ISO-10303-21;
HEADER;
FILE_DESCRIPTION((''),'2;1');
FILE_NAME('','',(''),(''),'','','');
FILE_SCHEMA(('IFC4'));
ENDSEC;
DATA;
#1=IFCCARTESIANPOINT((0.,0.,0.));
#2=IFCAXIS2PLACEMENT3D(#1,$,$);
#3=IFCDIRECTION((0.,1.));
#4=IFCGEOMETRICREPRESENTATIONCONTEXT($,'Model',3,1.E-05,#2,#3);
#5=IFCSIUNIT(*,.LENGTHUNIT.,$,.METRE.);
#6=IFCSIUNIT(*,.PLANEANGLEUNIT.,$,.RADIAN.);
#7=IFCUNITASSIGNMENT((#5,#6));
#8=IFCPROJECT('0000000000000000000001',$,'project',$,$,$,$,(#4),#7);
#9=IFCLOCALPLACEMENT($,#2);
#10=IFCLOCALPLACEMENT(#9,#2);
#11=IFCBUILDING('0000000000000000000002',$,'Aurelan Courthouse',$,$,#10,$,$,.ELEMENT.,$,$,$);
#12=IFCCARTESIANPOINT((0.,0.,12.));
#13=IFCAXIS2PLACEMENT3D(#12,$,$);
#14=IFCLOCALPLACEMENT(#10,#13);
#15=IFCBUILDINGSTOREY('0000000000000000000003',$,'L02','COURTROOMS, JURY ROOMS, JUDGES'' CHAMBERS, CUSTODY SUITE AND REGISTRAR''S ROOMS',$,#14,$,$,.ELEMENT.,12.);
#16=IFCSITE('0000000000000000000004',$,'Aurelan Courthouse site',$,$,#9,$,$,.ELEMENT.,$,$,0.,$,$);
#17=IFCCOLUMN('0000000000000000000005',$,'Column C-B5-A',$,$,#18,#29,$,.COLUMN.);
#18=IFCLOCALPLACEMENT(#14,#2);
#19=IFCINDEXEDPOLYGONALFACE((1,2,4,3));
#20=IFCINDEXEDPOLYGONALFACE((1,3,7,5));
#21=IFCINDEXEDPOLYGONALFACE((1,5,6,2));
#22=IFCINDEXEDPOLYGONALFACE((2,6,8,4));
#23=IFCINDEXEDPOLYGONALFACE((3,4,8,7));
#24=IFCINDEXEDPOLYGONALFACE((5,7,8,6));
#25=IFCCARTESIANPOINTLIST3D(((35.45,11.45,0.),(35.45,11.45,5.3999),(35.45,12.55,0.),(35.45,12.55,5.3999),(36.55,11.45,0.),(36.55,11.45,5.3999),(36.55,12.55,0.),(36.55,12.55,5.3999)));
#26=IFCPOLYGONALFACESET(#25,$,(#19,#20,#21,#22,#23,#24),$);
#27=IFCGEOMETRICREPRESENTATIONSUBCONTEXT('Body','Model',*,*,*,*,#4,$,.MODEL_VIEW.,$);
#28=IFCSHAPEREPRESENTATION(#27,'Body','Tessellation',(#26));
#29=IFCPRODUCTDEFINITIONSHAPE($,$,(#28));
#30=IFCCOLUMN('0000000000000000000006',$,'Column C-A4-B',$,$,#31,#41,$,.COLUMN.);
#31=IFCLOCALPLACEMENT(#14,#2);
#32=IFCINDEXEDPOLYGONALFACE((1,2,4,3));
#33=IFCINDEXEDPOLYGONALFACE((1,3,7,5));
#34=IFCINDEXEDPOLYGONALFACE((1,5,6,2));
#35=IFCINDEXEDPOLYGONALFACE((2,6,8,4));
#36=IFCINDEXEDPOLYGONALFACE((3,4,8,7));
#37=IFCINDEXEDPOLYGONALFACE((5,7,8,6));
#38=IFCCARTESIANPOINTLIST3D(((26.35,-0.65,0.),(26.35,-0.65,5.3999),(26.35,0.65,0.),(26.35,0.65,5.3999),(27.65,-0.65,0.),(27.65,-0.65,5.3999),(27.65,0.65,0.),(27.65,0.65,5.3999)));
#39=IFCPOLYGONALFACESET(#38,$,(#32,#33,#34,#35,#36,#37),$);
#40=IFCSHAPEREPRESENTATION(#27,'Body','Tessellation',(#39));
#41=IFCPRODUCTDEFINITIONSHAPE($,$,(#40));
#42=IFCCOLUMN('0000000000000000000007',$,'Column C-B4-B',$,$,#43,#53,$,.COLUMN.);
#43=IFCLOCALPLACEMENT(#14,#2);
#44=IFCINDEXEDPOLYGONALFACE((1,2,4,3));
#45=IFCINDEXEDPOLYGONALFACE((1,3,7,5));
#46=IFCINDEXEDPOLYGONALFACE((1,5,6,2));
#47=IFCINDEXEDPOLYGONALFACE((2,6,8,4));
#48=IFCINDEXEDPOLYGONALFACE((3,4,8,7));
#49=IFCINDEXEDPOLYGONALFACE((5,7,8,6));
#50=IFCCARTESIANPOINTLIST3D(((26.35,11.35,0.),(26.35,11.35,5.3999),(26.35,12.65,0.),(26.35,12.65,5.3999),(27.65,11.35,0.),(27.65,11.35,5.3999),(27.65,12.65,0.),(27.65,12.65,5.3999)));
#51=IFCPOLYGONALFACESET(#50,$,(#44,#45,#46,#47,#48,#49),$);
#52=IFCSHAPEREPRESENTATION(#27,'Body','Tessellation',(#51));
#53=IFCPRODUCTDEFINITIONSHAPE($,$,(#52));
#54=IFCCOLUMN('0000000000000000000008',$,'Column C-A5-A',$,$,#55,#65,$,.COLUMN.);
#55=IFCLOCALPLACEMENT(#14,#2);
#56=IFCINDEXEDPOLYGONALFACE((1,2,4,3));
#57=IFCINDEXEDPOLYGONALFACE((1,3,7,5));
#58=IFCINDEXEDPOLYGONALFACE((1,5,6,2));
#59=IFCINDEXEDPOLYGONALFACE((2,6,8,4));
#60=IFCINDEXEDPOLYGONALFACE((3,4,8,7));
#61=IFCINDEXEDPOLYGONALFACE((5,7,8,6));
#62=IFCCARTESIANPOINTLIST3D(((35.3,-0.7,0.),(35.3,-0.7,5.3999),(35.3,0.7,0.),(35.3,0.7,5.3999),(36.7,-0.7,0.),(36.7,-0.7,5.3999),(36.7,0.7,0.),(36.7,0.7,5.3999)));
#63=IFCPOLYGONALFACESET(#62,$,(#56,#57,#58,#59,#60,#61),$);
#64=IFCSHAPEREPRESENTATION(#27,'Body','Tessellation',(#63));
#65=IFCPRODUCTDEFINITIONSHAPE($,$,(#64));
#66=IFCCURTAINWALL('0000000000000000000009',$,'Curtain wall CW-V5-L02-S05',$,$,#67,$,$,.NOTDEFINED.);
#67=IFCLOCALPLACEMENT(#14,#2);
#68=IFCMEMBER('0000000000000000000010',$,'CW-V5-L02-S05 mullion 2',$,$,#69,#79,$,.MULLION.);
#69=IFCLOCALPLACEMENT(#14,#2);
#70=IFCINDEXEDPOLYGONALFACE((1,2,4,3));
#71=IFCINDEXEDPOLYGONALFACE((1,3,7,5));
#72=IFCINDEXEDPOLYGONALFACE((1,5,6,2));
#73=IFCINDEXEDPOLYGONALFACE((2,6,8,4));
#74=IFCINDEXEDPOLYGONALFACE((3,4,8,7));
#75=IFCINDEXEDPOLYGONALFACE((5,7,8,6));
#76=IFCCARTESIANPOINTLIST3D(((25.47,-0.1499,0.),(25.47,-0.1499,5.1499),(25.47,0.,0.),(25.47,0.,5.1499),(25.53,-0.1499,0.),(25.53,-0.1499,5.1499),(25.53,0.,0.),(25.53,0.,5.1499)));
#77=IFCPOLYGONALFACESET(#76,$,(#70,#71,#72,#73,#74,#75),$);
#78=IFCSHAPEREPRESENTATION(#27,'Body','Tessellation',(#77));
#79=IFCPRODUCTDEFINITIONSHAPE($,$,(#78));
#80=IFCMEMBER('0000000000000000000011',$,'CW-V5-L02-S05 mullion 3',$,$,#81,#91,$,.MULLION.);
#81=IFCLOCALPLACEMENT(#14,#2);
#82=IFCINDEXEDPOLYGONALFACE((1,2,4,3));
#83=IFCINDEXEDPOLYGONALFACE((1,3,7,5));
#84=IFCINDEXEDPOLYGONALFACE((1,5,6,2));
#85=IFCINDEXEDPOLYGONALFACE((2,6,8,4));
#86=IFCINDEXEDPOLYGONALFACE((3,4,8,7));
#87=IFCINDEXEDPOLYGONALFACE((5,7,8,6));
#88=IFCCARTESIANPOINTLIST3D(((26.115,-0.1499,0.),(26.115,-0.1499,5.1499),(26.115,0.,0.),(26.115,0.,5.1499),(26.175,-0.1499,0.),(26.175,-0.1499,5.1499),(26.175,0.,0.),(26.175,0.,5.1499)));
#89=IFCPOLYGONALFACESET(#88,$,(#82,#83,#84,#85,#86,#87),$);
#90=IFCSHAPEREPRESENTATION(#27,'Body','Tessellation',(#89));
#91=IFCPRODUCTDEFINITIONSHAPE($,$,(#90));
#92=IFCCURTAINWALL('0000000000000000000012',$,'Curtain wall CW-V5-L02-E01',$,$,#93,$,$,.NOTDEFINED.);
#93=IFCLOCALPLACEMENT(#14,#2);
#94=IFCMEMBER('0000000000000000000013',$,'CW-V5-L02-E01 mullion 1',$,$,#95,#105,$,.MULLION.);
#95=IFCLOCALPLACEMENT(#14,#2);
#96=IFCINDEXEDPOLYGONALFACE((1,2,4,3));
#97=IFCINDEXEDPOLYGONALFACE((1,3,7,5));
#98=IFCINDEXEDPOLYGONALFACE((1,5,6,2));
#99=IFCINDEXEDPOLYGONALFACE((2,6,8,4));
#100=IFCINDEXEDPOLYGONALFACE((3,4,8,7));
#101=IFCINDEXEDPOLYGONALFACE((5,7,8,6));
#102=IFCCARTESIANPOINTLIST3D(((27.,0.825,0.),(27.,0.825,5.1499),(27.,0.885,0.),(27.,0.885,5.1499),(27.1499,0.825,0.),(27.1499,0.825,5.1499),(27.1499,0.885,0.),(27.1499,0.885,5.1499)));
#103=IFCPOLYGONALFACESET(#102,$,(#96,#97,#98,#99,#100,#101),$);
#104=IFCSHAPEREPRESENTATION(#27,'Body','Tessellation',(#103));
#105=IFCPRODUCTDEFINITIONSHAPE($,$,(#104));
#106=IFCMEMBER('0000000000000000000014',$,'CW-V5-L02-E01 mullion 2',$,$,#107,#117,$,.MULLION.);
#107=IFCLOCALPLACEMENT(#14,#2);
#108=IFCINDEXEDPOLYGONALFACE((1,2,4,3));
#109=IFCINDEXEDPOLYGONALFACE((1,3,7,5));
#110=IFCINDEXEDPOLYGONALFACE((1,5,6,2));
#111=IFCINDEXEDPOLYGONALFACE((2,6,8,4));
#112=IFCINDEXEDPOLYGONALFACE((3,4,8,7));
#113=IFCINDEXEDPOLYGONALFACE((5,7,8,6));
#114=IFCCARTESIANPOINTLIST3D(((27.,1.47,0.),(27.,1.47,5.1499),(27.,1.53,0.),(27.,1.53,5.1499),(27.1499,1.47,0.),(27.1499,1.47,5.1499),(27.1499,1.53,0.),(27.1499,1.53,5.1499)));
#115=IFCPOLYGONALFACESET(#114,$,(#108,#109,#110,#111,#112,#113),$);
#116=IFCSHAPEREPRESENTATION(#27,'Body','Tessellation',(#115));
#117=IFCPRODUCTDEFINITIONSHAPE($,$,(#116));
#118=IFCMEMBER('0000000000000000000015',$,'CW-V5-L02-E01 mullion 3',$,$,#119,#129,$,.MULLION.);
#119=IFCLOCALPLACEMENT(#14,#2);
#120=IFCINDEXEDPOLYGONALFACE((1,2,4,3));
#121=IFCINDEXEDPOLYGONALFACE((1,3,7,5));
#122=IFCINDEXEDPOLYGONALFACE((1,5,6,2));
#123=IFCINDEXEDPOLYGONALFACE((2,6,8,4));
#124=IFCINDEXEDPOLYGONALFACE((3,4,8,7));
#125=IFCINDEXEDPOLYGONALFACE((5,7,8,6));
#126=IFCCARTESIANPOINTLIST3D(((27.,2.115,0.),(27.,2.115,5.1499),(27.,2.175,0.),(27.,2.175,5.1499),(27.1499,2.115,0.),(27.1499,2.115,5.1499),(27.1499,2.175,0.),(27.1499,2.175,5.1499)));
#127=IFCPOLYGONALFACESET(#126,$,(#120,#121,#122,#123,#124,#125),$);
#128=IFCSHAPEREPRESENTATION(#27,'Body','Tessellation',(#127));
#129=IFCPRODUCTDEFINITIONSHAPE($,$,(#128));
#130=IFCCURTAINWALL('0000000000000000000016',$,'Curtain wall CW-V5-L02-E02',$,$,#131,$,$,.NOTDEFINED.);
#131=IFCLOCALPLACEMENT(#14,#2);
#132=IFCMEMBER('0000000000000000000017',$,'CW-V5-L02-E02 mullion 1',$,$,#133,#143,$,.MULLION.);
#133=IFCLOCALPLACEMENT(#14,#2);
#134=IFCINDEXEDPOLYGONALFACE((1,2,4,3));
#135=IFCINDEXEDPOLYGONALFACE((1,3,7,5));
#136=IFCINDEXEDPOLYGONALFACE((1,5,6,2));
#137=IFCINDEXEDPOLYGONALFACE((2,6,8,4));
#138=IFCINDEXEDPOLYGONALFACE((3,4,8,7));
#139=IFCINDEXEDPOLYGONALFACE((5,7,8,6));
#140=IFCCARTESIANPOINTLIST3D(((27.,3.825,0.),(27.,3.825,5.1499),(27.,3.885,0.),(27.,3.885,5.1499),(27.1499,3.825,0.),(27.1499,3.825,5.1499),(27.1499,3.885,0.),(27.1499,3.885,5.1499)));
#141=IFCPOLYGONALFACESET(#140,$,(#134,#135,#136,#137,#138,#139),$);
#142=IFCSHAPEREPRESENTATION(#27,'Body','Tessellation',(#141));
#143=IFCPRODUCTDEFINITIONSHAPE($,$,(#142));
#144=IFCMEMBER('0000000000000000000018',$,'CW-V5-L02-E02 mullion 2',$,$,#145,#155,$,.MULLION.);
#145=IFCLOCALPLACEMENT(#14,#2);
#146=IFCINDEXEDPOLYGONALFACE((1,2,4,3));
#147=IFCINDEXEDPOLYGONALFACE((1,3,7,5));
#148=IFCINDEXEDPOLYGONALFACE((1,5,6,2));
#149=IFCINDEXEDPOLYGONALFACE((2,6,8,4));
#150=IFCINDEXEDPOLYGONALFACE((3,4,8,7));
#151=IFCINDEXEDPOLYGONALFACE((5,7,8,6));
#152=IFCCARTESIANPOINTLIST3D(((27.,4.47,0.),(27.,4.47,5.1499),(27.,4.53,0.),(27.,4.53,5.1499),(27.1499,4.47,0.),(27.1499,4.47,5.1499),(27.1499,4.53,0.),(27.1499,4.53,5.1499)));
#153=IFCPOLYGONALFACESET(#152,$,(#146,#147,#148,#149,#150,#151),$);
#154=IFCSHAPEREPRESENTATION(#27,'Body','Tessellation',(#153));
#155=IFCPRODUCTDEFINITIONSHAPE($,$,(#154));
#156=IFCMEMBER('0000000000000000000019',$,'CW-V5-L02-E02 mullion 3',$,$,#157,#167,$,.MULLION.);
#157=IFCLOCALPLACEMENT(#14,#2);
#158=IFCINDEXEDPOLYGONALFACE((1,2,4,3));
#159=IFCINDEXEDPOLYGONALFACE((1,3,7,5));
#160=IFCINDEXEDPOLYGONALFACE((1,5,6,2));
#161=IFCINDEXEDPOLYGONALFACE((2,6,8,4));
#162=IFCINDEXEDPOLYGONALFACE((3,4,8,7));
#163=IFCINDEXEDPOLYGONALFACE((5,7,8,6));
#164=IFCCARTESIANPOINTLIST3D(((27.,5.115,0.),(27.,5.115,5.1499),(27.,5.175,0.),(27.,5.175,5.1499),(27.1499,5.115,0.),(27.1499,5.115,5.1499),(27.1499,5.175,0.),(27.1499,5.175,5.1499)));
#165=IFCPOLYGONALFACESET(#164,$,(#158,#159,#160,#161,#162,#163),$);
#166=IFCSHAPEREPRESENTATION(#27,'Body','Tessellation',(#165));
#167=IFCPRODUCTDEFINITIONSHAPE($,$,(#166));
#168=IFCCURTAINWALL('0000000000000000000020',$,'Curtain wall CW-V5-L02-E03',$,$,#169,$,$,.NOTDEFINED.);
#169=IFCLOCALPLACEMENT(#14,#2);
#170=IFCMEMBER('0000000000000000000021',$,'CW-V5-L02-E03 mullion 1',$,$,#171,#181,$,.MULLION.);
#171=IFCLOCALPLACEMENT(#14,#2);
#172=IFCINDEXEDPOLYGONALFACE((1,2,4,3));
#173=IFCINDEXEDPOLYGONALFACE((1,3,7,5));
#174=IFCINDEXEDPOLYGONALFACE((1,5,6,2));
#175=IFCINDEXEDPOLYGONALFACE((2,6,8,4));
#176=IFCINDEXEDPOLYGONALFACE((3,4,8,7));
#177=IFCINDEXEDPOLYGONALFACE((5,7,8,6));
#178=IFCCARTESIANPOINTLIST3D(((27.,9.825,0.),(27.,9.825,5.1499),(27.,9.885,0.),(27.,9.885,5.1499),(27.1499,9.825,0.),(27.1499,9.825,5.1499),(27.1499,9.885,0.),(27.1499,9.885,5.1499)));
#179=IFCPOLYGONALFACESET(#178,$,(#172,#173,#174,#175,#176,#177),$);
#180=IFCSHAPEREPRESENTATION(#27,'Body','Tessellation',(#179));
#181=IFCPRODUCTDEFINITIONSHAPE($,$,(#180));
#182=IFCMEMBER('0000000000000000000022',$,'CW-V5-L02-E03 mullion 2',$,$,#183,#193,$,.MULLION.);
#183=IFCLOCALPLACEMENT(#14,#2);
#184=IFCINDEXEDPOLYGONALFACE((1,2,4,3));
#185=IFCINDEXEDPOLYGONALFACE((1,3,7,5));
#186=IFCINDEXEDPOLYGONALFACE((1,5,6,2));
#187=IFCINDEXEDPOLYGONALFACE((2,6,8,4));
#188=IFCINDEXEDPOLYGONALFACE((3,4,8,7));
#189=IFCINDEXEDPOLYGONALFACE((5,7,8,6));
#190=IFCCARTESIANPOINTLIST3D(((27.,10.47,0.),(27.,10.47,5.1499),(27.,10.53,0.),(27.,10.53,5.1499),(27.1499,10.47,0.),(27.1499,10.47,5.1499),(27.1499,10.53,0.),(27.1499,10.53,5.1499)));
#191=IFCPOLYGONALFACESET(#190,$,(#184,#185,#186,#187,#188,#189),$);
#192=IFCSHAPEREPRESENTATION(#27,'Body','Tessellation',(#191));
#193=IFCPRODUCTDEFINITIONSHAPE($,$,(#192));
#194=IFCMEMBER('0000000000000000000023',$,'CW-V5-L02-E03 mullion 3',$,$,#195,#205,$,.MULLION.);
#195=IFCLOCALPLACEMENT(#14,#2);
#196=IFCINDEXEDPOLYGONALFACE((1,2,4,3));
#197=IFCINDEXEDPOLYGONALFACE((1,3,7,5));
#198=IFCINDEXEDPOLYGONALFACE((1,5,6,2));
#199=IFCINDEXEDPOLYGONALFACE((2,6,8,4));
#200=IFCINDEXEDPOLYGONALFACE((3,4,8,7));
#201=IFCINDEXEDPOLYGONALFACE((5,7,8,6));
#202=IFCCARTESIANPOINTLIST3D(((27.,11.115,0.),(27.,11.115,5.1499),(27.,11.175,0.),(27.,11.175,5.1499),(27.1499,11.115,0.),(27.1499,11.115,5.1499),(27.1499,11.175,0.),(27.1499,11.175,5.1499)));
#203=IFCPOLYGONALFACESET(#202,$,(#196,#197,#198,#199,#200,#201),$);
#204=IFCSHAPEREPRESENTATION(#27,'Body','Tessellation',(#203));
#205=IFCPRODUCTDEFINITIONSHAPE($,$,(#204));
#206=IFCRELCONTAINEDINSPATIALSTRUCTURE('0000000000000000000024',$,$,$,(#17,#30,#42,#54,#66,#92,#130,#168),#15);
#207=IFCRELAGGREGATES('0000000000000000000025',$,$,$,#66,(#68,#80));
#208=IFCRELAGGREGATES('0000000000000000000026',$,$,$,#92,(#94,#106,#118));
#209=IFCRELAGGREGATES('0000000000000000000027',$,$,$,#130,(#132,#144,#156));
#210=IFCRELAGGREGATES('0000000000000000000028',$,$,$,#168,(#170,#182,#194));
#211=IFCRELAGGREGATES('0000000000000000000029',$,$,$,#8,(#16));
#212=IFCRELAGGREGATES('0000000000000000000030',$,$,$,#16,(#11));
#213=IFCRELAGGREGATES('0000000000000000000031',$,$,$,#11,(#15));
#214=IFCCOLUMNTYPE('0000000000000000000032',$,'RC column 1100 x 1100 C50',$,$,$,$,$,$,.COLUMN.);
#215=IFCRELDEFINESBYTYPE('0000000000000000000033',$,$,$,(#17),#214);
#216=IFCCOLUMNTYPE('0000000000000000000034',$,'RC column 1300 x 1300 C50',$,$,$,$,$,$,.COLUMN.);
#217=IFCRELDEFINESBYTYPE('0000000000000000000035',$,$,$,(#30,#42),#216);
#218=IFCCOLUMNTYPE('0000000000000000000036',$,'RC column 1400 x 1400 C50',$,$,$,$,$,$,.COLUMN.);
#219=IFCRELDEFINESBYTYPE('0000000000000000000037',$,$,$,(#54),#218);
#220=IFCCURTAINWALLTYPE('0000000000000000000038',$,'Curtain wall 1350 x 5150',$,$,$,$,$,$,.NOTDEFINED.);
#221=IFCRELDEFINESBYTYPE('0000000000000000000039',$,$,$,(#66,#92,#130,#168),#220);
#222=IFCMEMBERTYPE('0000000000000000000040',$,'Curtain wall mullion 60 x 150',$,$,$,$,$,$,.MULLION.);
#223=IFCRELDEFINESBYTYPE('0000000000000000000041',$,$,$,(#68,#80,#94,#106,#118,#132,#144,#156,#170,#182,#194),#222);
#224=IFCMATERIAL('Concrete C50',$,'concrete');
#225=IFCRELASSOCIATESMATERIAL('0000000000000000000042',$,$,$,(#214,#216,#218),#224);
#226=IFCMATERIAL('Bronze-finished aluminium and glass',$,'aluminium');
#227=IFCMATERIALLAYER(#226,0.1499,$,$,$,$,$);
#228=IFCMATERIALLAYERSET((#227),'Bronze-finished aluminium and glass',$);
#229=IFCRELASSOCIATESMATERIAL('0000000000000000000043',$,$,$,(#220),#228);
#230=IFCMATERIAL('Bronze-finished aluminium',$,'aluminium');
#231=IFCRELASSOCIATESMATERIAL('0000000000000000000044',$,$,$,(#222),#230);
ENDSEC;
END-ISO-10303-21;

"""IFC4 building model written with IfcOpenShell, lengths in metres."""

from ifc_helpers import new_model, si_unit, direction, frame, origin, origin_2d, place, context, subcontext, project, spatial, rectangle, extrude, material, layer, layer_set, material_profile, profile_set, type_object, element, aggregate, save


model = new_model("IFC4")

# Units and contexts
model_context = context("Model", 3, precision=1e-05, world=origin(), true_north=direction((0.0, 1.0)))
body_context = subcontext(model_context, "Body", "Model", "MODEL_VIEW")
ifc_project = project(units=[si_unit("LENGTHUNIT", "METRE"), si_unit("PLANEANGLEUNIT", "RADIAN")], contexts=[model_context])

# Site, building, storey
site_placement = place(None, origin())
site = spatial("IfcSite", under=ifc_project, at=site_placement, Name="Aurelan Courthouse site", CompositionType="ELEMENT", RefElevation=0.0)
building_placement = place(site_placement, origin())
building = spatial("IfcBuilding", under=site, at=building_placement, Name="Aurelan Courthouse", CompositionType="ELEMENT")
storey_placement = place(building_placement, frame((0.0, 0.0, 12.0)))
storey = spatial("IfcBuildingStorey", under=building, at=storey_placement, Name="L02", Description="COURTROOMS, JURY ROOMS, JUDGES' CHAMBERS, CUSTODY SUITE AND REGISTRAR'S ROOMS", CompositionType="ELEMENT", Elevation=12.0)

# Columns
ifc_material_1 = material(Name="Concrete C50", Category="concrete")
ifc_material_profile_1 = material_profile(ifc_material_1, rectangle(XDim=1.1001, YDim=1.1001, at=origin_2d()), Name="RC 1100 x 1100")
ifc_profile_set_1 = profile_set([ifc_material_profile_1], Name="Concrete C50")
column_type_1 = type_object("IfcColumnType", Name="RC column 1100 x 1100 C50", PredefinedType="COLUMN", material=ifc_profile_set_1)
column_1_placement = place(storey_placement, frame((36.0, 12.0, 0.0), z_axis=(0.0, 0.0, 1.0), x_axis=(1.0, 0.0, 0.0)))
element("IfcColumn", 1, at=column_1_placement, inside=storey, type_object=column_type_1, Name="Column C-B5-A", PredefinedType="COLUMN", context=body_context, shape_type="SweptSolid", body=[
    extrude(rectangle(XDim=1.1001, YDim=1.1001, at=origin_2d()), origin(), (0.0, 0.0, 1.0), 5.3999),
])
ifc_material_profile_2 = material_profile(ifc_material_1, rectangle(XDim=1.3, YDim=1.3, at=origin_2d()), Name="RC 1300 x 1300")
ifc_profile_set_2 = profile_set([ifc_material_profile_2], Name="Concrete C50")
column_type_2 = type_object("IfcColumnType", Name="RC column 1300 x 1300 C50", PredefinedType="COLUMN", material=ifc_profile_set_2)
for number, where, z_axis, x_axis, name in (
    (2, (27.0, 0.0, 0.0), (0.0, 0.0, 1.0), (1.0, 0.0, 0.0), "Column C-A4-B"),
    (3, (27.0, 12.0, 0.0), (0.0, 0.0, 1.0), (1.0, 0.0, 0.0), "Column C-B4-B"),
):
    element("IfcColumn", number, at=place(storey_placement, frame(where, z_axis=z_axis, x_axis=x_axis)), inside=storey, type_object=column_type_2, Name=name, PredefinedType="COLUMN", context=body_context, shape_type="SweptSolid", body=[
        extrude(rectangle(XDim=1.3, YDim=1.3, at=origin_2d()), origin(), (0.0, 0.0, 1.0), 5.3999),
    ])
ifc_material_profile_3 = material_profile(ifc_material_1, rectangle(XDim=1.3999, YDim=1.3999, at=origin_2d()), Name="RC 1400 x 1400")
ifc_profile_set_3 = profile_set([ifc_material_profile_3], Name="Concrete C50")
column_type_3 = type_object("IfcColumnType", Name="RC column 1400 x 1400 C50", PredefinedType="COLUMN", material=ifc_profile_set_3)
column_2_placement = place(storey_placement, frame((36.0, 0.0, 0.0), z_axis=(0.0, 0.0, 1.0), x_axis=(1.0, 0.0, 0.0)))
element("IfcColumn", 4, at=column_2_placement, inside=storey, type_object=column_type_3, Name="Column C-A5-A", PredefinedType="COLUMN", context=body_context, shape_type="SweptSolid", body=[
    extrude(rectangle(XDim=1.3999, YDim=1.3999, at=origin_2d()), origin(), (0.0, 0.0, 1.0), 5.3999),
])

# Curtain walls, members
ifc_material_2 = material(Name="Bronze-finished aluminium and glass", Category="aluminium")
ifc_layer_1 = layer(ifc_material_2, 0.1499)
ifc_layer_set_1 = layer_set([ifc_layer_1], Name="Bronze-finished aluminium and glass")
curtain_wall_type_1 = type_object("IfcCurtainWallType", Name="Curtain wall 1350 x 5150", PredefinedType="NOTDEFINED", material=ifc_layer_set_1)
curtain_wall_1_placement = place(storey_placement, origin())
curtain_wall_1 = element("IfcCurtainWall", 5, at=curtain_wall_1_placement, inside=storey, type_object=curtain_wall_type_1, Name="Curtain wall CW-V5-L02-S05", PredefinedType="NOTDEFINED")
ifc_material_3 = material(Name="Bronze-finished aluminium", Category="aluminium")
ifc_material_profile_4 = material_profile(ifc_material_3, rectangle(XDim=0.1499, YDim=0.0601, at=origin_2d()), Name="Bronze mullion 60 x 150")
ifc_profile_set_4 = profile_set([ifc_material_profile_4], Name="Bronze-finished aluminium")
member_type_1 = type_object("IfcMemberType", Name="Curtain wall mullion 60 x 150", PredefinedType="MULLION", material=ifc_profile_set_4)
member_1_placement = place(storey_placement, frame((25.5, -0.075, 0.0), z_axis=(0.0, 0.0, 1.0), x_axis=(0.0, 1.0, 0.0)))
member_1 = element("IfcMember", 6, at=member_1_placement, type_object=member_type_1, Name="CW-V5-L02-S05 mullion 2", PredefinedType="MULLION", context=body_context, shape_type="SweptSolid", body=[
    extrude(rectangle(XDim=0.1499, YDim=0.0601, at=origin_2d()), origin(), (0.0, 0.0, 1.0), 5.1499),
])
member_2_placement = place(storey_placement, frame((26.145, -0.075, 0.0), z_axis=(0.0, 0.0, 1.0), x_axis=(0.0, 1.0, 0.0)))
member_2 = element("IfcMember", 7, at=member_2_placement, type_object=member_type_1, Name="CW-V5-L02-S05 mullion 3", PredefinedType="MULLION", context=body_context, shape_type="SweptSolid", body=[
    extrude(rectangle(XDim=0.1499, YDim=0.0601, at=origin_2d()), origin(), (0.0, 0.0, 1.0), 5.1499),
])
aggregate(curtain_wall_1, [member_1, member_2])
curtain_wall_2_placement = place(storey_placement, origin())
curtain_wall_2 = element("IfcCurtainWall", 8, at=curtain_wall_2_placement, inside=storey, type_object=curtain_wall_type_1, Name="Curtain wall CW-V5-L02-E01", PredefinedType="NOTDEFINED")
member_3_placement = place(storey_placement, frame((27.075, 0.855, 0.0), z_axis=(0.0, 0.0, 1.0), x_axis=(-1.0, 0.0, 0.0)))
member_3 = element("IfcMember", 9, at=member_3_placement, type_object=member_type_1, Name="CW-V5-L02-E01 mullion 1", PredefinedType="MULLION", context=body_context, shape_type="SweptSolid", body=[
    extrude(rectangle(XDim=0.1499, YDim=0.0601, at=origin_2d()), origin(), (0.0, 0.0, 1.0), 5.1499),
])
member_4_placement = place(storey_placement, frame((27.075, 1.5, 0.0), z_axis=(0.0, 0.0, 1.0), x_axis=(-1.0, 0.0, 0.0)))
member_4 = element("IfcMember", 10, at=member_4_placement, type_object=member_type_1, Name="CW-V5-L02-E01 mullion 2", PredefinedType="MULLION", context=body_context, shape_type="SweptSolid", body=[
    extrude(rectangle(XDim=0.1499, YDim=0.0601, at=origin_2d()), origin(), (0.0, 0.0, 1.0), 5.1499),
])
member_5_placement = place(storey_placement, frame((27.075, 2.145, 0.0), z_axis=(0.0, 0.0, 1.0), x_axis=(-1.0, 0.0, 0.0)))
member_5 = element("IfcMember", 11, at=member_5_placement, type_object=member_type_1, Name="CW-V5-L02-E01 mullion 3", PredefinedType="MULLION", context=body_context, shape_type="SweptSolid", body=[
    extrude(rectangle(XDim=0.1499, YDim=0.0601, at=origin_2d()), origin(), (0.0, 0.0, 1.0), 5.1499),
])
aggregate(curtain_wall_2, [member_3, member_4, member_5])
curtain_wall_3_placement = place(storey_placement, origin())
curtain_wall_3 = element("IfcCurtainWall", 12, at=curtain_wall_3_placement, inside=storey, type_object=curtain_wall_type_1, Name="Curtain wall CW-V5-L02-E02", PredefinedType="NOTDEFINED")
member_6_placement = place(storey_placement, frame((27.075, 3.855, 0.0), z_axis=(0.0, 0.0, 1.0), x_axis=(-1.0, 0.0, 0.0)))
member_6 = element("IfcMember", 13, at=member_6_placement, type_object=member_type_1, Name="CW-V5-L02-E02 mullion 1", PredefinedType="MULLION", context=body_context, shape_type="SweptSolid", body=[
    extrude(rectangle(XDim=0.1499, YDim=0.0601, at=origin_2d()), origin(), (0.0, 0.0, 1.0), 5.1499),
])
member_7_placement = place(storey_placement, frame((27.075, 4.5, 0.0), z_axis=(0.0, 0.0, 1.0), x_axis=(-1.0, 0.0, 0.0)))
member_7 = element("IfcMember", 14, at=member_7_placement, type_object=member_type_1, Name="CW-V5-L02-E02 mullion 2", PredefinedType="MULLION", context=body_context, shape_type="SweptSolid", body=[
    extrude(rectangle(XDim=0.1499, YDim=0.0601, at=origin_2d()), origin(), (0.0, 0.0, 1.0), 5.1499),
])
member_8_placement = place(storey_placement, frame((27.075, 5.145, 0.0), z_axis=(0.0, 0.0, 1.0), x_axis=(-1.0, 0.0, 0.0)))
member_8 = element("IfcMember", 15, at=member_8_placement, type_object=member_type_1, Name="CW-V5-L02-E02 mullion 3", PredefinedType="MULLION", context=body_context, shape_type="SweptSolid", body=[
    extrude(rectangle(XDim=0.1499, YDim=0.0601, at=origin_2d()), origin(), (0.0, 0.0, 1.0), 5.1499),
])
aggregate(curtain_wall_3, [member_6, member_7, member_8])
curtain_wall_4_placement = place(storey_placement, origin())
curtain_wall_4 = element("IfcCurtainWall", 16, at=curtain_wall_4_placement, inside=storey, type_object=curtain_wall_type_1, Name="Curtain wall CW-V5-L02-E03", PredefinedType="NOTDEFINED")
member_9_placement = place(storey_placement, frame((27.075, 9.855, 0.0), z_axis=(0.0, 0.0, 1.0), x_axis=(-1.0, 0.0, 0.0)))
member_9 = element("IfcMember", 17, at=member_9_placement, type_object=member_type_1, Name="CW-V5-L02-E03 mullion 1", PredefinedType="MULLION", context=body_context, shape_type="SweptSolid", body=[
    extrude(rectangle(XDim=0.1499, YDim=0.0601, at=origin_2d()), origin(), (0.0, 0.0, 1.0), 5.1499),
])
member_10_placement = place(storey_placement, frame((27.075, 10.5, 0.0), z_axis=(0.0, 0.0, 1.0), x_axis=(-1.0, 0.0, 0.0)))
member_10 = element("IfcMember", 18, at=member_10_placement, type_object=member_type_1, Name="CW-V5-L02-E03 mullion 2", PredefinedType="MULLION", context=body_context, shape_type="SweptSolid", body=[
    extrude(rectangle(XDim=0.1499, YDim=0.0601, at=origin_2d()), origin(), (0.0, 0.0, 1.0), 5.1499),
])
member_11_placement = place(storey_placement, frame((27.075, 11.145, 0.0), z_axis=(0.0, 0.0, 1.0), x_axis=(-1.0, 0.0, 0.0)))
member_11 = element("IfcMember", 19, at=member_11_placement, type_object=member_type_1, Name="CW-V5-L02-E03 mullion 3", PredefinedType="MULLION", context=body_context, shape_type="SweptSolid", body=[
    extrude(rectangle(XDim=0.1499, YDim=0.0601, at=origin_2d()), origin(), (0.0, 0.0, 1.0), 5.1499),
])
aggregate(curtain_wall_4, [member_9, member_10, member_11])

save(model, "model.ifc")
